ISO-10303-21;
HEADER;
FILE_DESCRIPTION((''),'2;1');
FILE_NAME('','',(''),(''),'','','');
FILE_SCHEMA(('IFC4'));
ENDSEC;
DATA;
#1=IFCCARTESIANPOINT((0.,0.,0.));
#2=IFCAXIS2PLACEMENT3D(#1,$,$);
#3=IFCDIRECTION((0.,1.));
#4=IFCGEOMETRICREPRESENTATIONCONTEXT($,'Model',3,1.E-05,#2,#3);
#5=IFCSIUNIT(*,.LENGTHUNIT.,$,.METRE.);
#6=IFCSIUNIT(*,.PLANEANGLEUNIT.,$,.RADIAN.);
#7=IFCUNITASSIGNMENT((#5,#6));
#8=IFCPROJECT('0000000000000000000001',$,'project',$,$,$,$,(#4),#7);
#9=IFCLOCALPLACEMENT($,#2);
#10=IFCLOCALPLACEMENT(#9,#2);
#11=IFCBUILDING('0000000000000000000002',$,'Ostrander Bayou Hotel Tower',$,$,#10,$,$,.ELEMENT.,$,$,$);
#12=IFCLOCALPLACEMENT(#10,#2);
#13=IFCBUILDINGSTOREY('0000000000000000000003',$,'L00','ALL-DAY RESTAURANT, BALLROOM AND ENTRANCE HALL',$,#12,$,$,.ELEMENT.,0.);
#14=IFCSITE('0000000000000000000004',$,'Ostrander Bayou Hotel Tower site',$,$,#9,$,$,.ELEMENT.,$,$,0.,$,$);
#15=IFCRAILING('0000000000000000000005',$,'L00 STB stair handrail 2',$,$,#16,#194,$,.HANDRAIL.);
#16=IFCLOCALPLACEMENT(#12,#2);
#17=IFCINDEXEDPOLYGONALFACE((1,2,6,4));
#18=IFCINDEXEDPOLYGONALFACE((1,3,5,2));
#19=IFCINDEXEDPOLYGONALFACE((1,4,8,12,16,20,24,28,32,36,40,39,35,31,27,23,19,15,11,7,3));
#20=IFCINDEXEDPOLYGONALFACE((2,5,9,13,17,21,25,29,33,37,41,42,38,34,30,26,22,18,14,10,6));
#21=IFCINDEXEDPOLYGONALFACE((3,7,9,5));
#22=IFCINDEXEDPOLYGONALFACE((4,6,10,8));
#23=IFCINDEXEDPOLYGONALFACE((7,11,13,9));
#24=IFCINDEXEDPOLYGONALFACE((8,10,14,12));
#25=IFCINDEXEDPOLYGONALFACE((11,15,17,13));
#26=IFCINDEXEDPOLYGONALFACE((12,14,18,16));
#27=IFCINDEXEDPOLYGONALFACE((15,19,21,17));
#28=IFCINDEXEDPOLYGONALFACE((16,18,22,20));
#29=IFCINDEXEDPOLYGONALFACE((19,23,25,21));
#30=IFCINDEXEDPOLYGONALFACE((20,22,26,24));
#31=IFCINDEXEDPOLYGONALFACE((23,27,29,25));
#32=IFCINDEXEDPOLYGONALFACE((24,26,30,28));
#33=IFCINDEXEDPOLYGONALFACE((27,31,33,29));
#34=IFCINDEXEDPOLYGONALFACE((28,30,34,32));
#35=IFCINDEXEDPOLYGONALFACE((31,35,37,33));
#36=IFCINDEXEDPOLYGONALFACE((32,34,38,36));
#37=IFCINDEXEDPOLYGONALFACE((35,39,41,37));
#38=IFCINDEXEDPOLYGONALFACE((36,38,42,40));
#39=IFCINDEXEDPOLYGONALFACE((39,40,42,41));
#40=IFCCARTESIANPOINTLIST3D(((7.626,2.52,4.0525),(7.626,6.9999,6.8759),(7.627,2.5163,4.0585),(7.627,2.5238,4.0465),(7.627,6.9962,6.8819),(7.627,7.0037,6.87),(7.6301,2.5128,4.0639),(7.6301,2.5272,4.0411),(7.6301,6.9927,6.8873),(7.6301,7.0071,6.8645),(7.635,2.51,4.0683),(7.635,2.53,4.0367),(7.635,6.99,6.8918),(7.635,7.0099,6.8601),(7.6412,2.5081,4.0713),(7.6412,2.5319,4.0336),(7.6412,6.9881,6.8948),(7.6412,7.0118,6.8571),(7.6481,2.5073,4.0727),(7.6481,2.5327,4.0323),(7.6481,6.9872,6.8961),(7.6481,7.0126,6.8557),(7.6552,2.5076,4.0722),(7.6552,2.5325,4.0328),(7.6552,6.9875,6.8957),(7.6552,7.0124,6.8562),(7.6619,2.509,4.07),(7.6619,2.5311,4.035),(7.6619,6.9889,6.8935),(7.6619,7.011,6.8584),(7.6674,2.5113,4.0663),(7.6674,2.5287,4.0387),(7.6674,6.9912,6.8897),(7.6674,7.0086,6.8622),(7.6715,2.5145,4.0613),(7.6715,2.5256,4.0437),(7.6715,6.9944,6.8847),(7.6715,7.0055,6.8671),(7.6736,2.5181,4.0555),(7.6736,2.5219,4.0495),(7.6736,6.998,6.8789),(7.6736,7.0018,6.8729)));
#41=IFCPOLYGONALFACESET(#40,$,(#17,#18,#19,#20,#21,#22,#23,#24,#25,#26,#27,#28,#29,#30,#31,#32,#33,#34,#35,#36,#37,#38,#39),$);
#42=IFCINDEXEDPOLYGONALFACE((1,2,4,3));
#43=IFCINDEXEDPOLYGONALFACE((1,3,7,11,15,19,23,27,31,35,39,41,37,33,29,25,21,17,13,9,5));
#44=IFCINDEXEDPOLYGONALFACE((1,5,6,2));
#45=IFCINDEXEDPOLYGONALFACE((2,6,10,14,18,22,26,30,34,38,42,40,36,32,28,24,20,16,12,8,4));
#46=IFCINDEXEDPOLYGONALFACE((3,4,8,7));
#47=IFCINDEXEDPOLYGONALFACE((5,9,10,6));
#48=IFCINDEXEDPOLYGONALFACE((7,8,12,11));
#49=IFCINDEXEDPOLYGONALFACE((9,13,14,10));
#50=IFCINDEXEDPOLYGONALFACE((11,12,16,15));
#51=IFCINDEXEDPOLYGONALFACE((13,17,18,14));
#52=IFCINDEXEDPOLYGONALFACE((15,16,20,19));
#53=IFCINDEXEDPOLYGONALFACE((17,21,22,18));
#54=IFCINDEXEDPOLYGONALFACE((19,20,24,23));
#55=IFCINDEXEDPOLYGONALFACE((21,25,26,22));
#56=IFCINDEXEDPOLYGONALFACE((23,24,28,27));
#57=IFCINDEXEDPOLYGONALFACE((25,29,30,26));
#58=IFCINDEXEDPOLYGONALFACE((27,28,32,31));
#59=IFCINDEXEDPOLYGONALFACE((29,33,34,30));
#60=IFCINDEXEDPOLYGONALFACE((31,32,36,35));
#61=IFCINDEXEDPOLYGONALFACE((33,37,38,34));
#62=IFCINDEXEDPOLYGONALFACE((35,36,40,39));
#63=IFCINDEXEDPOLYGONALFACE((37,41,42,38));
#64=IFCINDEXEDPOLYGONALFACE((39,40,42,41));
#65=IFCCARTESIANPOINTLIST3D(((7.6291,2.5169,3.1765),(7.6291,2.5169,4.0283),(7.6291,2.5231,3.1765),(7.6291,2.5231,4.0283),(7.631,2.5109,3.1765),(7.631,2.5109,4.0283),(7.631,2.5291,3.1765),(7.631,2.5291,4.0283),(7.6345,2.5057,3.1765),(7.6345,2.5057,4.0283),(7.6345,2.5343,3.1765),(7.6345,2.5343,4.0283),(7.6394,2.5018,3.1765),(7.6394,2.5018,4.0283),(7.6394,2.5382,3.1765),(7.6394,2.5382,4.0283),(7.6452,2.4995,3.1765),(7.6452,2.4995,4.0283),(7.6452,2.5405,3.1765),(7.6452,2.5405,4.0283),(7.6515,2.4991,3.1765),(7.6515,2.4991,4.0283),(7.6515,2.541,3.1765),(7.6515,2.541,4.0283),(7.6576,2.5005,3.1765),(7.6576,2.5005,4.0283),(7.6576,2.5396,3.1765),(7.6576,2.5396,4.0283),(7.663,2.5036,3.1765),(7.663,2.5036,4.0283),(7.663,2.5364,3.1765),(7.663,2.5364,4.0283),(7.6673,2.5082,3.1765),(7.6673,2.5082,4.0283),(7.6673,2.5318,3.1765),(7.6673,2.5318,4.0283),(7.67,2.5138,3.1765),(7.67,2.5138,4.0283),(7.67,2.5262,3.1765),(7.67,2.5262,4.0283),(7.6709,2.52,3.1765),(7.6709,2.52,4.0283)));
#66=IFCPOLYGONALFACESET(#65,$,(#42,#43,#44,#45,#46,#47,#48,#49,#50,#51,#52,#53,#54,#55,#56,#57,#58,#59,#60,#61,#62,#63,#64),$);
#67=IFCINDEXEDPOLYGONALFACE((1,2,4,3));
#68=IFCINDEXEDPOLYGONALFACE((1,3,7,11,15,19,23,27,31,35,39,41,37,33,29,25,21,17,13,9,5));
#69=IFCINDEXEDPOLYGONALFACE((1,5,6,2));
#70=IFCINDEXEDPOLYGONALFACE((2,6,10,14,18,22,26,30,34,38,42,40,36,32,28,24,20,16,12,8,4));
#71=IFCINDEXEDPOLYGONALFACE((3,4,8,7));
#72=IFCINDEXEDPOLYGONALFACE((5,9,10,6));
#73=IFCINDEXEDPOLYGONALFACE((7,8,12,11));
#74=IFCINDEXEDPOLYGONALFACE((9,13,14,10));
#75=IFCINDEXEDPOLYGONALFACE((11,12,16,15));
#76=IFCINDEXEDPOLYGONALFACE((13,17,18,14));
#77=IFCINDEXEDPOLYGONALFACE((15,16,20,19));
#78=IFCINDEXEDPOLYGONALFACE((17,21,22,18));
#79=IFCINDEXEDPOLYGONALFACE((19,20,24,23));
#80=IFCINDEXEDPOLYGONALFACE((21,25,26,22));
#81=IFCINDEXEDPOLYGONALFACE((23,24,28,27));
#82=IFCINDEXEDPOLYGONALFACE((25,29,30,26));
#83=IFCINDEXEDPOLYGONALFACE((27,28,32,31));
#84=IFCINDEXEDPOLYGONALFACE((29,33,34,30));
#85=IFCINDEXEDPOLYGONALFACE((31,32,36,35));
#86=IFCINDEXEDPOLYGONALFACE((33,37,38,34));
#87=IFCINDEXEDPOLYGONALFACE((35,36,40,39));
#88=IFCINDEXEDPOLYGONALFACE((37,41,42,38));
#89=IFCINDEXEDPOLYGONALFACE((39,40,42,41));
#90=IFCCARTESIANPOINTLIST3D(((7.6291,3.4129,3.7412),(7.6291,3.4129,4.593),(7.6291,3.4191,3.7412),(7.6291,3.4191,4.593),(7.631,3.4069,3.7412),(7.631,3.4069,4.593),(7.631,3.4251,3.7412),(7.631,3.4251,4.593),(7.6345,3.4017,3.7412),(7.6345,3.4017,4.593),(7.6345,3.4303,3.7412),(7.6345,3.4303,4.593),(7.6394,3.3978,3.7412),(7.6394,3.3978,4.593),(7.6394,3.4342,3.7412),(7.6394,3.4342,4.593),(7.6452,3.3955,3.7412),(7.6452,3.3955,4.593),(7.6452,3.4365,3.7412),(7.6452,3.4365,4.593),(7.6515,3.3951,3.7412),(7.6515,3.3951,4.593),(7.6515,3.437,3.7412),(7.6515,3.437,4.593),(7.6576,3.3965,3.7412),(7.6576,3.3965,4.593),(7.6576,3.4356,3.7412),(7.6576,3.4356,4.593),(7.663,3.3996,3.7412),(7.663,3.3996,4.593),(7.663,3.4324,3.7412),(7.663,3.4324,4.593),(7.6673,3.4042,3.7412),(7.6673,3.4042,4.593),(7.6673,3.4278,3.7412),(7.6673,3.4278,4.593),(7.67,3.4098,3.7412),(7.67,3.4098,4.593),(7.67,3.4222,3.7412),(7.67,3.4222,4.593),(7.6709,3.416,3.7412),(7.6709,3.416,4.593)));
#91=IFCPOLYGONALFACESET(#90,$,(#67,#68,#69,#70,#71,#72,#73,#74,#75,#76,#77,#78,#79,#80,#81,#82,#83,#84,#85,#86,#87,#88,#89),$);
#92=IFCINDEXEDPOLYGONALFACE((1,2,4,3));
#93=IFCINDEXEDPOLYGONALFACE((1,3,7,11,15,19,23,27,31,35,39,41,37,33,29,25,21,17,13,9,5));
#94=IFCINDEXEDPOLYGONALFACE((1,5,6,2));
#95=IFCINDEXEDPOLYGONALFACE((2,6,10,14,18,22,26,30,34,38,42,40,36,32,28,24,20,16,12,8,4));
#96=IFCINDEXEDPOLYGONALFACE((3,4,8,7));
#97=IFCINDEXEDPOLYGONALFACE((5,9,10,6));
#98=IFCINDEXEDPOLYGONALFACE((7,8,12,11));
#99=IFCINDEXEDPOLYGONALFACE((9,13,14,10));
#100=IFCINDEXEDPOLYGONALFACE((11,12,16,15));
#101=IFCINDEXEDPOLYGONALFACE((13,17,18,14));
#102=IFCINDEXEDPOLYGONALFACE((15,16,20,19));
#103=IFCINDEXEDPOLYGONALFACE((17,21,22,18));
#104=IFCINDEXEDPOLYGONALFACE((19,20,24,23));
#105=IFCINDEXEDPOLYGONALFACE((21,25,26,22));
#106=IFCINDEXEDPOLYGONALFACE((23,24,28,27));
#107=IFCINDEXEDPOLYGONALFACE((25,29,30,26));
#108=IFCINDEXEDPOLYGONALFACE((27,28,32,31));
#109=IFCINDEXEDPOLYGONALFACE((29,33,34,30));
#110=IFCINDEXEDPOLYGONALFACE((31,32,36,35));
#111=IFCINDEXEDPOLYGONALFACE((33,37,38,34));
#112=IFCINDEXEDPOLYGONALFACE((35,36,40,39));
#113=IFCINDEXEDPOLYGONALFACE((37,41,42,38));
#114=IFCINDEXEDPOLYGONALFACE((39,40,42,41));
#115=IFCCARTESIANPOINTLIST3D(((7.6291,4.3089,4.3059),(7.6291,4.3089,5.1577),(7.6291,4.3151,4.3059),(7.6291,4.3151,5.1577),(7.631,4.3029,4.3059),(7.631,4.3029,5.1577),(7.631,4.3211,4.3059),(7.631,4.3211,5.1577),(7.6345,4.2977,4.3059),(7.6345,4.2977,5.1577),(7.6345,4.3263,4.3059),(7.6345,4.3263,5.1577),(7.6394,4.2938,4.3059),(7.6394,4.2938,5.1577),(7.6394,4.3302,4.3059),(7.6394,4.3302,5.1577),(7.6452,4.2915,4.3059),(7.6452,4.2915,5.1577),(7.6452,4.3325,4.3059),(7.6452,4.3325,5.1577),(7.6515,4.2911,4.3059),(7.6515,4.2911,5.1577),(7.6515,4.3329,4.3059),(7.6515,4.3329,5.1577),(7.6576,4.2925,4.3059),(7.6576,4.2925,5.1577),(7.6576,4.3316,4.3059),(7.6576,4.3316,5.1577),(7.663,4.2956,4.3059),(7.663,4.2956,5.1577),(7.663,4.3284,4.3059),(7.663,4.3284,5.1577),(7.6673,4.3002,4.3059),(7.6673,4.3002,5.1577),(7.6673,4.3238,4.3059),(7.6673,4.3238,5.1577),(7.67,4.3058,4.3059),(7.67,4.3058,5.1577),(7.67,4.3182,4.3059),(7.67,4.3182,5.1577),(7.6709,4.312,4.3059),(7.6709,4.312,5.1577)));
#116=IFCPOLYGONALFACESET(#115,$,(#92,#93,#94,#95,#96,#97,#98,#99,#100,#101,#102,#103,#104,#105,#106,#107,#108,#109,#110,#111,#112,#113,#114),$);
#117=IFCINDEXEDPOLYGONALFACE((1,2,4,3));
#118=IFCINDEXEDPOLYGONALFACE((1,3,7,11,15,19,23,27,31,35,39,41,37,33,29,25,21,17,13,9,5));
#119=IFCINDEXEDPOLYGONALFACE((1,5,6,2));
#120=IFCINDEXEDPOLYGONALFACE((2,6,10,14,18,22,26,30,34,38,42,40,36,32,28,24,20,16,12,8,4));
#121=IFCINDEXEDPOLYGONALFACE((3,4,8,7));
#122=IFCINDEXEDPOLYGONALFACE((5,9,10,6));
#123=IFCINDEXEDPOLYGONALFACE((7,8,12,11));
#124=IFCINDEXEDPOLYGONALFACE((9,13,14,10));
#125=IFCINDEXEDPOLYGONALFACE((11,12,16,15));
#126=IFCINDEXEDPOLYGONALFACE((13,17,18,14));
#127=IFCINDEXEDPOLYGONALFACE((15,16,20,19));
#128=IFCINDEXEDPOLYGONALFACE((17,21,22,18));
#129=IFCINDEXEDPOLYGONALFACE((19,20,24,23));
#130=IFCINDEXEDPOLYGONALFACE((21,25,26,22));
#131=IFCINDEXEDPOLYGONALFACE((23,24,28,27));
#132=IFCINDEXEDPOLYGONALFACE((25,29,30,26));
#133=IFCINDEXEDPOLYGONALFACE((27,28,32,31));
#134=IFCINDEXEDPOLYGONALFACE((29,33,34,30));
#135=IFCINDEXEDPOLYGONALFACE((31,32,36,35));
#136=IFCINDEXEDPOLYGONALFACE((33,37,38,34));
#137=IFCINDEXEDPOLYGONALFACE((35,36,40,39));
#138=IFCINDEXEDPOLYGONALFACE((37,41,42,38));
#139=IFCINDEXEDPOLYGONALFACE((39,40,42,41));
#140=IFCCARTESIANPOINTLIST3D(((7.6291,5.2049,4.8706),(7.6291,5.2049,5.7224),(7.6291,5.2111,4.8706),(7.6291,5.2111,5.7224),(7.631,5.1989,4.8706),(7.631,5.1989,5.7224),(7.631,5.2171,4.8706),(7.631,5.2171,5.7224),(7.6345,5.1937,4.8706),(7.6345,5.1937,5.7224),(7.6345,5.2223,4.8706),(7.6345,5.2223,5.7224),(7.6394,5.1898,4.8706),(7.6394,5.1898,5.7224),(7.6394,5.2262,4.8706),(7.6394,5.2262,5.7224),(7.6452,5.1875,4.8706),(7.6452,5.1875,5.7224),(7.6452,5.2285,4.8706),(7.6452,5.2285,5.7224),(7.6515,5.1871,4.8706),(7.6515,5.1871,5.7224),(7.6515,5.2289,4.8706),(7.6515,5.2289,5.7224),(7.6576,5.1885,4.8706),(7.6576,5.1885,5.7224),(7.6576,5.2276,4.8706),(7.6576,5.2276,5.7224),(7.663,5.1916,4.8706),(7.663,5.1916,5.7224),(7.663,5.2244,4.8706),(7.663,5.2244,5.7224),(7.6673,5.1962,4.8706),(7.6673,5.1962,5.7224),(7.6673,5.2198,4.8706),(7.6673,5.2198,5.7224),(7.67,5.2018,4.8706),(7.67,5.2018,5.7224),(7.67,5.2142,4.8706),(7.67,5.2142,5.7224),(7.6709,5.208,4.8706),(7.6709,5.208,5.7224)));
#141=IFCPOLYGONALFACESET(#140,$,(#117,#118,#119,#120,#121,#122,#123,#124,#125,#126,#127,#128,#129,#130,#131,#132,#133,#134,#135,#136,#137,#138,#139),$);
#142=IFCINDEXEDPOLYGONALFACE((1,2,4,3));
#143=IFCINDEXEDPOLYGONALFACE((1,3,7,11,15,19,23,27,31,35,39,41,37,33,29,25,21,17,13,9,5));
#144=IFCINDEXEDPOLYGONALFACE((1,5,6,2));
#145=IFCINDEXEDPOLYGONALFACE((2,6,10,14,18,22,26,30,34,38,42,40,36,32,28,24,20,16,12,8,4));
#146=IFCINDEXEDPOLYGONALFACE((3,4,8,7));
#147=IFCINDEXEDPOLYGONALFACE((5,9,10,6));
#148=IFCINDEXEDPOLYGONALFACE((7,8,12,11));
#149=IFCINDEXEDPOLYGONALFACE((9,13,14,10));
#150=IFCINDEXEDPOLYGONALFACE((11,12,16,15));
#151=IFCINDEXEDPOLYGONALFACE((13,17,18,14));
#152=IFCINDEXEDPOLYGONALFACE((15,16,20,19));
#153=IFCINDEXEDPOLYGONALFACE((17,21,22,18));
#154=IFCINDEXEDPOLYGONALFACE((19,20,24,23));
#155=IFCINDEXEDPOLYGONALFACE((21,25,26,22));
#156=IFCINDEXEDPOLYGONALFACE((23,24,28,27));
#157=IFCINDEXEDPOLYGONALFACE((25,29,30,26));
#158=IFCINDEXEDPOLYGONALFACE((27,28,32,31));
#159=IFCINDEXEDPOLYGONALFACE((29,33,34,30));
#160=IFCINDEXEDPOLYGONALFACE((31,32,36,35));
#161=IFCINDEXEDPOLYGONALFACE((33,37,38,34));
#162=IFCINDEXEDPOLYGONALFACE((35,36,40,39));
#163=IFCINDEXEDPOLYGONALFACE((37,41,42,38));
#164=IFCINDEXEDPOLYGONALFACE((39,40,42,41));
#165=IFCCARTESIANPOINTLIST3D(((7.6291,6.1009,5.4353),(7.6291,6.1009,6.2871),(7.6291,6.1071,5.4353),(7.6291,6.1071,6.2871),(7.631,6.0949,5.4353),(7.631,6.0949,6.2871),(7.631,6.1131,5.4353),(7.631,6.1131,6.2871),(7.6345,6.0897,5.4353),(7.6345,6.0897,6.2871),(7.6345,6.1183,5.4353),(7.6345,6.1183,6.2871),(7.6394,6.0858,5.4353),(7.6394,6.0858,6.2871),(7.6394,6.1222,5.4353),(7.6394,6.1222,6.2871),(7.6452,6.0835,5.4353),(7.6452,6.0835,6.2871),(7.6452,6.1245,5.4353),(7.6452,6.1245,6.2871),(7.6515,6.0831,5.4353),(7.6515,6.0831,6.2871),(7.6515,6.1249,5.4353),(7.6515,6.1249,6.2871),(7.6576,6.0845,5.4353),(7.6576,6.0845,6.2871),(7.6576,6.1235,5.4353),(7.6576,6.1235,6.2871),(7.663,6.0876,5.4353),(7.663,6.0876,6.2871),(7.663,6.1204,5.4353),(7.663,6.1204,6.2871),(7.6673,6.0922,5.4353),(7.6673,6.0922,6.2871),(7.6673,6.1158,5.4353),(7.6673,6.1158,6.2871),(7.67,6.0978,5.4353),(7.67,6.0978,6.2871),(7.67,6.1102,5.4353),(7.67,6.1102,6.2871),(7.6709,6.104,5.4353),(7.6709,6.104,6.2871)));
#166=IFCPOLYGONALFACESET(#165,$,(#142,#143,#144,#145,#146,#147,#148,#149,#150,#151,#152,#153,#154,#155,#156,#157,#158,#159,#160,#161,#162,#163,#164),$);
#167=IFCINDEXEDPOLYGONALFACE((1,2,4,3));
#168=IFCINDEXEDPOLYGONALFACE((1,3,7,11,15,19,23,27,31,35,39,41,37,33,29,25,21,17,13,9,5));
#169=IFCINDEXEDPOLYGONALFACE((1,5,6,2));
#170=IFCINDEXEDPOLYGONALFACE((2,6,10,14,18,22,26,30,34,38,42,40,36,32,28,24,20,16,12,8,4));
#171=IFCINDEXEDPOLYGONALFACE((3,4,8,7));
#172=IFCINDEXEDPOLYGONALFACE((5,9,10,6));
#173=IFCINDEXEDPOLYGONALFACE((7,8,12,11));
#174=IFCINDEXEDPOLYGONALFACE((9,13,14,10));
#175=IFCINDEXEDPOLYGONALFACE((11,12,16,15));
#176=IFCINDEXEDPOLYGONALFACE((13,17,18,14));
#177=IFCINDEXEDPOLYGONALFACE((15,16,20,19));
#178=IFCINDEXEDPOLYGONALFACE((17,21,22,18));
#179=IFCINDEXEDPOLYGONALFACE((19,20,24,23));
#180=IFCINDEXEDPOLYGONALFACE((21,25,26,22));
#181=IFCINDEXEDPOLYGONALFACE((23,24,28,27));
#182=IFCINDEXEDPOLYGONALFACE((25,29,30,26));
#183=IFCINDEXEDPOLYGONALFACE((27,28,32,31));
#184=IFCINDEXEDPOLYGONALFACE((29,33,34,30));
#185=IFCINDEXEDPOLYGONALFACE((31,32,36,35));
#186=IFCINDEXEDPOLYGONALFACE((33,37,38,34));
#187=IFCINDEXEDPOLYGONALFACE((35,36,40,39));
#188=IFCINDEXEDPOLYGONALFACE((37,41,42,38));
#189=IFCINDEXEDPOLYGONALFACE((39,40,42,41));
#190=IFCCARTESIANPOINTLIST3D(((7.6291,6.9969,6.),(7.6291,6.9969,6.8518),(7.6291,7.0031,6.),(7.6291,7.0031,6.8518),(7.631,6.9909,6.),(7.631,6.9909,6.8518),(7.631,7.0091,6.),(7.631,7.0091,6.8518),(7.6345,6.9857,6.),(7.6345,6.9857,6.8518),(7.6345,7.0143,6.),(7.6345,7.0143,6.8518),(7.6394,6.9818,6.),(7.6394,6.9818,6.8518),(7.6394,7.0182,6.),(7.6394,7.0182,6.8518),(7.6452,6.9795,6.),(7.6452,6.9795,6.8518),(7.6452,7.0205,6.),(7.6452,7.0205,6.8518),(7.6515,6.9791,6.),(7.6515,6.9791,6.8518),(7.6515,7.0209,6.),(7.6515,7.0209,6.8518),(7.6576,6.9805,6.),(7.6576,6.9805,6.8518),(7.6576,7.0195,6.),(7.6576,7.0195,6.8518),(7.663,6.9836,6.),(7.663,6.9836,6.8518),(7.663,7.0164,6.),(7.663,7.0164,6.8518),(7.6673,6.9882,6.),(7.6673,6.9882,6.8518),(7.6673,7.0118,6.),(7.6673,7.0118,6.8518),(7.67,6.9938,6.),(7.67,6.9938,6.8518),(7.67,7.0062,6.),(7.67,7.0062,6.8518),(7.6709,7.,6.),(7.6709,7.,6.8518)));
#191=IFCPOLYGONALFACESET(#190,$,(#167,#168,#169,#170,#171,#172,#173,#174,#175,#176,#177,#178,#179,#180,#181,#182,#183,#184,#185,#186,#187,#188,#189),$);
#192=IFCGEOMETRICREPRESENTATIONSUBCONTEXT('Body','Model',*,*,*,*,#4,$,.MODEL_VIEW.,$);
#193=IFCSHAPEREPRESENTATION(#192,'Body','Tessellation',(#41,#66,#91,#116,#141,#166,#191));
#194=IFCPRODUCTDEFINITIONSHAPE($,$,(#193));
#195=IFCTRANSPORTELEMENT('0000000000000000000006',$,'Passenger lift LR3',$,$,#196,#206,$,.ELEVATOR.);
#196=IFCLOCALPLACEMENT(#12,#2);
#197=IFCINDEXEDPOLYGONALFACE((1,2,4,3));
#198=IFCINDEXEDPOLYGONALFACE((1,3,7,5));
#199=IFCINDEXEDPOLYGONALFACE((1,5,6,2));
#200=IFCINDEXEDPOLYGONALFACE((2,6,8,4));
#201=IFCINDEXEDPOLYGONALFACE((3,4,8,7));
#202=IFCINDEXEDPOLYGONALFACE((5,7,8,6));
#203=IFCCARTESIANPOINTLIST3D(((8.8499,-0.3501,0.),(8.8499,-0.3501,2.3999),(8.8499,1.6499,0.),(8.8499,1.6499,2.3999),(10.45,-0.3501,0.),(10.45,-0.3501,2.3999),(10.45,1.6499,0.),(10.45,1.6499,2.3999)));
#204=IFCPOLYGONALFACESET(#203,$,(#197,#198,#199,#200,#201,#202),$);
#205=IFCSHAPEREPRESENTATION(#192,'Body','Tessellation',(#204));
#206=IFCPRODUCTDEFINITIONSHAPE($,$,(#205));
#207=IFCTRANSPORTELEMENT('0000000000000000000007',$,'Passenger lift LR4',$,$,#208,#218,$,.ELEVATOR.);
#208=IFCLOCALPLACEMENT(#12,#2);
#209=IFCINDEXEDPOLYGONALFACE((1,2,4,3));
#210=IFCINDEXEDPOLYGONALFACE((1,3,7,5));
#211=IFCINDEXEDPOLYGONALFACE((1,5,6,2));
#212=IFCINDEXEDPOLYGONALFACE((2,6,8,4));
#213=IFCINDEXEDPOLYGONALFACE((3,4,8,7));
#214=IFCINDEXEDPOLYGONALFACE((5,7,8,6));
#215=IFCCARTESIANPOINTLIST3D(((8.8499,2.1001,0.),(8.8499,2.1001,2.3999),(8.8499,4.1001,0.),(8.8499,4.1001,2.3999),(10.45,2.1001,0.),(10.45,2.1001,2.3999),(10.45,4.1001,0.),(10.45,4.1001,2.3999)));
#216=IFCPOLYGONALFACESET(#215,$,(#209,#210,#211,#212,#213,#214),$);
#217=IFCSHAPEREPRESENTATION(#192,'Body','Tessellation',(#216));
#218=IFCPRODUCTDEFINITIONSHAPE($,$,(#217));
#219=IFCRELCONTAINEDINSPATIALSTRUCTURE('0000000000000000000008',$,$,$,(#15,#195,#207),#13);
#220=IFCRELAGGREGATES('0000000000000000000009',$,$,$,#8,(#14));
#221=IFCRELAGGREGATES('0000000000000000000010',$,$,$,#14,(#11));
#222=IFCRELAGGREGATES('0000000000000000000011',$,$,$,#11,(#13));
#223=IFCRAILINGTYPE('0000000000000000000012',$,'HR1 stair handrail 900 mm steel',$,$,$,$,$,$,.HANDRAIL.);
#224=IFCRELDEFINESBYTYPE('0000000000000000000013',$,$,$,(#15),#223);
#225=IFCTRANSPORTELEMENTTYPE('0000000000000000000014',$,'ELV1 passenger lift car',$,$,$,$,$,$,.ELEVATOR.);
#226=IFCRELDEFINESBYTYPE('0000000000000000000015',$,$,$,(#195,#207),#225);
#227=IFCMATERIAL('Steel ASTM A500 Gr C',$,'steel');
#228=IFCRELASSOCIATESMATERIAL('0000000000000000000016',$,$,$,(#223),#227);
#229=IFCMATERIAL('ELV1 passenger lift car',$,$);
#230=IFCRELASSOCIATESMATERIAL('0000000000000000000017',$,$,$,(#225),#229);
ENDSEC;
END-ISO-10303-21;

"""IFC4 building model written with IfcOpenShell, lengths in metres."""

from ifc_helpers import new_model, si_unit, direction, frame, origin, origin_2d, place, context, subcontext, project, spatial, rectangle, circle, extrude, material, type_object, element, save


model = new_model("IFC4")

# Units and contexts
model_context = context("Model", 3, precision=1e-05, world=origin(), true_north=direction((0.0, 1.0)))
body_context = subcontext(model_context, "Body", "Model", "MODEL_VIEW")
ifc_project = project(units=[si_unit("LENGTHUNIT", "METRE"), si_unit("PLANEANGLEUNIT", "RADIAN")], contexts=[model_context])

# Site, building, storey
site_placement = place(None, origin())
site = spatial("IfcSite", under=ifc_project, at=site_placement, Name="Ostrander Bayou Hotel Tower site", CompositionType="ELEMENT", RefElevation=0.0)
building_placement = place(site_placement, origin())
building = spatial("IfcBuilding", under=site, at=building_placement, Name="Ostrander Bayou Hotel Tower", CompositionType="ELEMENT")
storey_placement = place(building_placement, origin())
storey = spatial("IfcBuildingStorey", under=building, at=storey_placement, Name="L00", Description="ALL-DAY RESTAURANT, BALLROOM AND ENTRANCE HALL", CompositionType="ELEMENT", Elevation=0.0)

# Railing
ifc_material_1 = material(Name="Steel ASTM A500 Gr C", Category="steel")
railing_type_1 = type_object("IfcRailingType", Name="HR1 stair handrail 900 mm steel", PredefinedType="HANDRAIL", material=ifc_material_1)
railing_1_placement = place(storey_placement, frame((7.6499, 2.52, 3.1765)))
element("IfcRailing", 1, at=railing_1_placement, inside=storey, type_object=railing_type_1, Name="L00 STB stair handrail 2", PredefinedType="HANDRAIL", context=body_context, shape_type="SweptSolid", body=[
    extrude(circle(Radius=0.0239, at=origin_2d()), frame((0.0, 0.0, 0.876), z_axis=(0.0, 0.845998, 0.533186), x_axis=(-1.0, 0.0, 0.0)), (0.0, 0.0, 1.0), 5.2954),
    extrude(circle(Radius=0.021, at=origin_2d()), origin(), (0.0, 0.0, 1.0), 0.8518),
    extrude(circle(Radius=0.021, at=origin_2d()), frame((0.0, 0.896, 0.5647)), (0.0, 0.0, 1.0), 0.8518),
    extrude(circle(Radius=0.021, at=origin_2d()), frame((0.0, 1.792, 1.1294)), (0.0, 0.0, 1.0), 0.8518),
    extrude(circle(Radius=0.021, at=origin_2d()), frame((0.0, 2.688, 1.6941)), (0.0, 0.0, 1.0), 0.8518),
    extrude(circle(Radius=0.021, at=origin_2d()), frame((0.0, 3.584, 2.2588)), (0.0, 0.0, 1.0), 0.8518),
    extrude(circle(Radius=0.021, at=origin_2d()), frame((0.0, 4.48, 2.8235)), (0.0, 0.0, 1.0), 0.8518),
])

# Transport elements
ifc_material_2 = material(Name="ELV1 passenger lift car")
transport_element_type = type_object("IfcTransportElementType", Name="ELV1 passenger lift car", PredefinedType="ELEVATOR", material=ifc_material_2)
for number, where, z_axis, x_axis, name in (
    (2, (9.6499, 0.6499, 0.0), (0.0, 0.0, 1.0), (1.0, 0.0, 0.0), "Passenger lift LR3"),
    (3, (9.6499, 3.1001, 0.0), (0.0, 0.0, 1.0), (1.0, 0.0, 0.0), "Passenger lift LR4"),
):
    element("IfcTransportElement", number, at=place(storey_placement, frame(where, z_axis=z_axis, x_axis=x_axis)), inside=storey, type_object=transport_element_type, Name=name, PredefinedType="ELEVATOR", context=body_context, shape_type="SweptSolid", body=[
        extrude(rectangle(XDim=1.6001, YDim=2.0, at=origin_2d()), origin(), (0.0, 0.0, 1.0), 2.3999),
    ])

save(model, "model.ifc")
